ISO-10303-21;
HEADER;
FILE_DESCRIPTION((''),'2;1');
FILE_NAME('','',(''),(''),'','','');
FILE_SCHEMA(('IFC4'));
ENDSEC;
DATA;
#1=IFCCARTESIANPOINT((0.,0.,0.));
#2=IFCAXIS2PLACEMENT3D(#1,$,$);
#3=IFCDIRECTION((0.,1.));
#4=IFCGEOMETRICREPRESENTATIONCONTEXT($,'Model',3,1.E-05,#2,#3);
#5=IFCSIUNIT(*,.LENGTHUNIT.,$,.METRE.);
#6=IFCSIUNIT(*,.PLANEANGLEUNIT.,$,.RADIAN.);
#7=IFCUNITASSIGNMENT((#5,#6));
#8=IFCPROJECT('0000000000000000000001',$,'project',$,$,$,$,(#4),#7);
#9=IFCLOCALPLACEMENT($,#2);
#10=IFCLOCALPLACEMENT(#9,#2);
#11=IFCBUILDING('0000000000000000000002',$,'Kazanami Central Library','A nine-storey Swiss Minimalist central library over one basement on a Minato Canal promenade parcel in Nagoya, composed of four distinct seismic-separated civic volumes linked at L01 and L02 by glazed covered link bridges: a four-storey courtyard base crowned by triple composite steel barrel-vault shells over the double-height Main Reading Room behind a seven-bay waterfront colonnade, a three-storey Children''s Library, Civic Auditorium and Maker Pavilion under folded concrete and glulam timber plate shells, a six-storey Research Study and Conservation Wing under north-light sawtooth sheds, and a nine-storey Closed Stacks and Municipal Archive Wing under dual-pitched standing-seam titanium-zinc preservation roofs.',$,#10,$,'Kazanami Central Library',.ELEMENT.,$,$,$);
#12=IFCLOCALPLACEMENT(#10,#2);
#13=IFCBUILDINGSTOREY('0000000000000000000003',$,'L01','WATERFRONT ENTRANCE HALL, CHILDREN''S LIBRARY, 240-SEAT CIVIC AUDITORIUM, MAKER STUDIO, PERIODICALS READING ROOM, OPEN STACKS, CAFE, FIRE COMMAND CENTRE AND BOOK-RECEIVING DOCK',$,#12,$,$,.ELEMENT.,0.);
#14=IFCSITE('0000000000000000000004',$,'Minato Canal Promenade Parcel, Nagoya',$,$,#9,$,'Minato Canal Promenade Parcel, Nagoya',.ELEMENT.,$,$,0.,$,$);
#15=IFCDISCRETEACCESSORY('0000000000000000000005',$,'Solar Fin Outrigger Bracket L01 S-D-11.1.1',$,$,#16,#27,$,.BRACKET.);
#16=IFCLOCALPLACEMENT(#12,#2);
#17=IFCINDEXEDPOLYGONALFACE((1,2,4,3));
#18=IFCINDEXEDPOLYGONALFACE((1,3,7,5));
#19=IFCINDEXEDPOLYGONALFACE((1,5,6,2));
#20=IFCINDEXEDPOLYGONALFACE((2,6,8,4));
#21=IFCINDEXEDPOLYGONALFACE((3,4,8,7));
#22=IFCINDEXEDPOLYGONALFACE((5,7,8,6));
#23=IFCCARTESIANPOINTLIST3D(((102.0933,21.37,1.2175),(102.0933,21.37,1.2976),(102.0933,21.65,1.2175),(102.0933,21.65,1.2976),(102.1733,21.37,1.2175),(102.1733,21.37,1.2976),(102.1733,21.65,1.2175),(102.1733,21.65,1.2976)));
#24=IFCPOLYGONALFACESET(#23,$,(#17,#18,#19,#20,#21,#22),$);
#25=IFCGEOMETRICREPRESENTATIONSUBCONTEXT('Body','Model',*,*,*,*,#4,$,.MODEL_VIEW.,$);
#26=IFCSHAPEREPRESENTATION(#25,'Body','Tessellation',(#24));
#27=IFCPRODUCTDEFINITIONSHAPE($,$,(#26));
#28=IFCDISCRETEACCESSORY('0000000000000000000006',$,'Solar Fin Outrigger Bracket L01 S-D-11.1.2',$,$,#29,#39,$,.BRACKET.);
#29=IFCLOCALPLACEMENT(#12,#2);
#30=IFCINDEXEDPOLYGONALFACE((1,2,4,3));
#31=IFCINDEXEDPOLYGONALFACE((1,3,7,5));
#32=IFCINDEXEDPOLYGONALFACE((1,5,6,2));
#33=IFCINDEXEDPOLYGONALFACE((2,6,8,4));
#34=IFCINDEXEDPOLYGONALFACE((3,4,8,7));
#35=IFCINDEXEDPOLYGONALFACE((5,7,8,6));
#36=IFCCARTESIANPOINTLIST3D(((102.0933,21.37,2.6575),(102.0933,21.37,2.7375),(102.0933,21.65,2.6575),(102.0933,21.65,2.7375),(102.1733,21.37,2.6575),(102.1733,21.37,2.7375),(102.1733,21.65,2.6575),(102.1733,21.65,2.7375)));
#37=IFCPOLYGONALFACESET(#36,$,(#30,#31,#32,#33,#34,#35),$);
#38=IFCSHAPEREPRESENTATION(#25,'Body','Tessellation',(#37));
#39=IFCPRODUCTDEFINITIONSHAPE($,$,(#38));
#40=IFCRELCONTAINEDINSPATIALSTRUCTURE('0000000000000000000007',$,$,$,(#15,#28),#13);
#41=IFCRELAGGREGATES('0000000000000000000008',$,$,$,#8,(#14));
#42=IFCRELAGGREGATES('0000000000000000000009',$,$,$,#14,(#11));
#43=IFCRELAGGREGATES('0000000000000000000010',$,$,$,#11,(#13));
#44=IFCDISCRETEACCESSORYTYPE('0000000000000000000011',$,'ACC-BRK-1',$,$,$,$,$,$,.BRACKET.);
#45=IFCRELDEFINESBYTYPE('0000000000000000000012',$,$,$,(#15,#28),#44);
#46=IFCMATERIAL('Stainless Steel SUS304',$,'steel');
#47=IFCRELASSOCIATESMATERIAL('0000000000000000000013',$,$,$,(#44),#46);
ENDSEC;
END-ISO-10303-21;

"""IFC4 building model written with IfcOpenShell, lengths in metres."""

from ifc_helpers import new_model, si_unit, direction, frame, origin, origin_2d, place, context, subcontext, project, spatial, rectangle, extrude, material, type_object, element, save


model = new_model("IFC4")

# Units and contexts
model_context = context("Model", 3, precision=1e-05, world=origin(), true_north=direction((0.0, 1.0)))
body_context = subcontext(model_context, "Body", "Model", "MODEL_VIEW")
ifc_project = project(units=[si_unit("LENGTHUNIT", "METRE"), si_unit("PLANEANGLEUNIT", "RADIAN")], contexts=[model_context])

# Site, building, storey
site_placement = place(None, origin())
site = spatial("IfcSite", under=ifc_project, at=site_placement, Name="Minato Canal Promenade Parcel, Nagoya", LongName="Minato Canal Promenade Parcel, Nagoya", CompositionType="ELEMENT", RefElevation=0.0)
building_placement = place(site_placement, origin())
building = spatial("IfcBuilding", under=site, at=building_placement, Name="Kazanami Central Library", Description="A nine-storey Swiss Minimalist central library over one basement on a Minato Canal promenade parcel in Nagoya, composed of four distinct seismic-separated civic volumes linked at L01 and L02 by glazed covered link bridges: a four-storey courtyard base crowned by triple composite steel barrel-vault shells over the double-height Main Reading Room behind a seven-bay waterfront colonnade, a three-storey Children's Library, Civic Auditorium and Maker Pavilion under folded concrete and glulam timber plate shells, a six-storey Research Study and Conservation Wing under north-light sawtooth sheds, and a nine-storey Closed Stacks and Municipal Archive Wing under dual-pitched standing-seam titanium-zinc preservation roofs.", LongName="Kazanami Central Library", CompositionType="ELEMENT")
storey_placement = place(building_placement, origin())
storey = spatial("IfcBuildingStorey", under=building, at=storey_placement, Name="L01", Description="WATERFRONT ENTRANCE HALL, CHILDREN'S LIBRARY, 240-SEAT CIVIC AUDITORIUM, MAKER STUDIO, PERIODICALS READING ROOM, OPEN STACKS, CAFE, FIRE COMMAND CENTRE AND BOOK-RECEIVING DOCK", CompositionType="ELEMENT", Elevation=0.0)

# Discrete accessories
ifc_material_1 = material(Name="Stainless Steel SUS304", Category="steel")
discrete_accessory_type = type_object("IfcDiscreteAccessoryType", Name="ACC-BRK-1", PredefinedType="BRACKET", material=ifc_material_1)
for number, where, z_axis, x_axis, name in (
    (1, (102.1333, 21.51, 1.2175), (0.0, 0.0, 1.0), (1.0, 0.0, 0.0), "Solar Fin Outrigger Bracket L01 S-D-11.1.1"),
    (2, (102.1333, 21.51, 2.6575), (0.0, 0.0, 1.0), (1.0, 0.0, 0.0), "Solar Fin Outrigger Bracket L01 S-D-11.1.2"),
):
    element("IfcDiscreteAccessory", number, at=place(storey_placement, frame(where, z_axis=z_axis, x_axis=x_axis)), inside=storey, type_object=discrete_accessory_type, Name=name, PredefinedType="BRACKET", context=body_context, shape_type="SweptSolid", body=[
        extrude(rectangle(XDim=0.0801, YDim=0.28, at=origin_2d()), origin(), (0.0, 0.0, 1.0), 0.0801),
    ])

save(model, "model.ifc")
